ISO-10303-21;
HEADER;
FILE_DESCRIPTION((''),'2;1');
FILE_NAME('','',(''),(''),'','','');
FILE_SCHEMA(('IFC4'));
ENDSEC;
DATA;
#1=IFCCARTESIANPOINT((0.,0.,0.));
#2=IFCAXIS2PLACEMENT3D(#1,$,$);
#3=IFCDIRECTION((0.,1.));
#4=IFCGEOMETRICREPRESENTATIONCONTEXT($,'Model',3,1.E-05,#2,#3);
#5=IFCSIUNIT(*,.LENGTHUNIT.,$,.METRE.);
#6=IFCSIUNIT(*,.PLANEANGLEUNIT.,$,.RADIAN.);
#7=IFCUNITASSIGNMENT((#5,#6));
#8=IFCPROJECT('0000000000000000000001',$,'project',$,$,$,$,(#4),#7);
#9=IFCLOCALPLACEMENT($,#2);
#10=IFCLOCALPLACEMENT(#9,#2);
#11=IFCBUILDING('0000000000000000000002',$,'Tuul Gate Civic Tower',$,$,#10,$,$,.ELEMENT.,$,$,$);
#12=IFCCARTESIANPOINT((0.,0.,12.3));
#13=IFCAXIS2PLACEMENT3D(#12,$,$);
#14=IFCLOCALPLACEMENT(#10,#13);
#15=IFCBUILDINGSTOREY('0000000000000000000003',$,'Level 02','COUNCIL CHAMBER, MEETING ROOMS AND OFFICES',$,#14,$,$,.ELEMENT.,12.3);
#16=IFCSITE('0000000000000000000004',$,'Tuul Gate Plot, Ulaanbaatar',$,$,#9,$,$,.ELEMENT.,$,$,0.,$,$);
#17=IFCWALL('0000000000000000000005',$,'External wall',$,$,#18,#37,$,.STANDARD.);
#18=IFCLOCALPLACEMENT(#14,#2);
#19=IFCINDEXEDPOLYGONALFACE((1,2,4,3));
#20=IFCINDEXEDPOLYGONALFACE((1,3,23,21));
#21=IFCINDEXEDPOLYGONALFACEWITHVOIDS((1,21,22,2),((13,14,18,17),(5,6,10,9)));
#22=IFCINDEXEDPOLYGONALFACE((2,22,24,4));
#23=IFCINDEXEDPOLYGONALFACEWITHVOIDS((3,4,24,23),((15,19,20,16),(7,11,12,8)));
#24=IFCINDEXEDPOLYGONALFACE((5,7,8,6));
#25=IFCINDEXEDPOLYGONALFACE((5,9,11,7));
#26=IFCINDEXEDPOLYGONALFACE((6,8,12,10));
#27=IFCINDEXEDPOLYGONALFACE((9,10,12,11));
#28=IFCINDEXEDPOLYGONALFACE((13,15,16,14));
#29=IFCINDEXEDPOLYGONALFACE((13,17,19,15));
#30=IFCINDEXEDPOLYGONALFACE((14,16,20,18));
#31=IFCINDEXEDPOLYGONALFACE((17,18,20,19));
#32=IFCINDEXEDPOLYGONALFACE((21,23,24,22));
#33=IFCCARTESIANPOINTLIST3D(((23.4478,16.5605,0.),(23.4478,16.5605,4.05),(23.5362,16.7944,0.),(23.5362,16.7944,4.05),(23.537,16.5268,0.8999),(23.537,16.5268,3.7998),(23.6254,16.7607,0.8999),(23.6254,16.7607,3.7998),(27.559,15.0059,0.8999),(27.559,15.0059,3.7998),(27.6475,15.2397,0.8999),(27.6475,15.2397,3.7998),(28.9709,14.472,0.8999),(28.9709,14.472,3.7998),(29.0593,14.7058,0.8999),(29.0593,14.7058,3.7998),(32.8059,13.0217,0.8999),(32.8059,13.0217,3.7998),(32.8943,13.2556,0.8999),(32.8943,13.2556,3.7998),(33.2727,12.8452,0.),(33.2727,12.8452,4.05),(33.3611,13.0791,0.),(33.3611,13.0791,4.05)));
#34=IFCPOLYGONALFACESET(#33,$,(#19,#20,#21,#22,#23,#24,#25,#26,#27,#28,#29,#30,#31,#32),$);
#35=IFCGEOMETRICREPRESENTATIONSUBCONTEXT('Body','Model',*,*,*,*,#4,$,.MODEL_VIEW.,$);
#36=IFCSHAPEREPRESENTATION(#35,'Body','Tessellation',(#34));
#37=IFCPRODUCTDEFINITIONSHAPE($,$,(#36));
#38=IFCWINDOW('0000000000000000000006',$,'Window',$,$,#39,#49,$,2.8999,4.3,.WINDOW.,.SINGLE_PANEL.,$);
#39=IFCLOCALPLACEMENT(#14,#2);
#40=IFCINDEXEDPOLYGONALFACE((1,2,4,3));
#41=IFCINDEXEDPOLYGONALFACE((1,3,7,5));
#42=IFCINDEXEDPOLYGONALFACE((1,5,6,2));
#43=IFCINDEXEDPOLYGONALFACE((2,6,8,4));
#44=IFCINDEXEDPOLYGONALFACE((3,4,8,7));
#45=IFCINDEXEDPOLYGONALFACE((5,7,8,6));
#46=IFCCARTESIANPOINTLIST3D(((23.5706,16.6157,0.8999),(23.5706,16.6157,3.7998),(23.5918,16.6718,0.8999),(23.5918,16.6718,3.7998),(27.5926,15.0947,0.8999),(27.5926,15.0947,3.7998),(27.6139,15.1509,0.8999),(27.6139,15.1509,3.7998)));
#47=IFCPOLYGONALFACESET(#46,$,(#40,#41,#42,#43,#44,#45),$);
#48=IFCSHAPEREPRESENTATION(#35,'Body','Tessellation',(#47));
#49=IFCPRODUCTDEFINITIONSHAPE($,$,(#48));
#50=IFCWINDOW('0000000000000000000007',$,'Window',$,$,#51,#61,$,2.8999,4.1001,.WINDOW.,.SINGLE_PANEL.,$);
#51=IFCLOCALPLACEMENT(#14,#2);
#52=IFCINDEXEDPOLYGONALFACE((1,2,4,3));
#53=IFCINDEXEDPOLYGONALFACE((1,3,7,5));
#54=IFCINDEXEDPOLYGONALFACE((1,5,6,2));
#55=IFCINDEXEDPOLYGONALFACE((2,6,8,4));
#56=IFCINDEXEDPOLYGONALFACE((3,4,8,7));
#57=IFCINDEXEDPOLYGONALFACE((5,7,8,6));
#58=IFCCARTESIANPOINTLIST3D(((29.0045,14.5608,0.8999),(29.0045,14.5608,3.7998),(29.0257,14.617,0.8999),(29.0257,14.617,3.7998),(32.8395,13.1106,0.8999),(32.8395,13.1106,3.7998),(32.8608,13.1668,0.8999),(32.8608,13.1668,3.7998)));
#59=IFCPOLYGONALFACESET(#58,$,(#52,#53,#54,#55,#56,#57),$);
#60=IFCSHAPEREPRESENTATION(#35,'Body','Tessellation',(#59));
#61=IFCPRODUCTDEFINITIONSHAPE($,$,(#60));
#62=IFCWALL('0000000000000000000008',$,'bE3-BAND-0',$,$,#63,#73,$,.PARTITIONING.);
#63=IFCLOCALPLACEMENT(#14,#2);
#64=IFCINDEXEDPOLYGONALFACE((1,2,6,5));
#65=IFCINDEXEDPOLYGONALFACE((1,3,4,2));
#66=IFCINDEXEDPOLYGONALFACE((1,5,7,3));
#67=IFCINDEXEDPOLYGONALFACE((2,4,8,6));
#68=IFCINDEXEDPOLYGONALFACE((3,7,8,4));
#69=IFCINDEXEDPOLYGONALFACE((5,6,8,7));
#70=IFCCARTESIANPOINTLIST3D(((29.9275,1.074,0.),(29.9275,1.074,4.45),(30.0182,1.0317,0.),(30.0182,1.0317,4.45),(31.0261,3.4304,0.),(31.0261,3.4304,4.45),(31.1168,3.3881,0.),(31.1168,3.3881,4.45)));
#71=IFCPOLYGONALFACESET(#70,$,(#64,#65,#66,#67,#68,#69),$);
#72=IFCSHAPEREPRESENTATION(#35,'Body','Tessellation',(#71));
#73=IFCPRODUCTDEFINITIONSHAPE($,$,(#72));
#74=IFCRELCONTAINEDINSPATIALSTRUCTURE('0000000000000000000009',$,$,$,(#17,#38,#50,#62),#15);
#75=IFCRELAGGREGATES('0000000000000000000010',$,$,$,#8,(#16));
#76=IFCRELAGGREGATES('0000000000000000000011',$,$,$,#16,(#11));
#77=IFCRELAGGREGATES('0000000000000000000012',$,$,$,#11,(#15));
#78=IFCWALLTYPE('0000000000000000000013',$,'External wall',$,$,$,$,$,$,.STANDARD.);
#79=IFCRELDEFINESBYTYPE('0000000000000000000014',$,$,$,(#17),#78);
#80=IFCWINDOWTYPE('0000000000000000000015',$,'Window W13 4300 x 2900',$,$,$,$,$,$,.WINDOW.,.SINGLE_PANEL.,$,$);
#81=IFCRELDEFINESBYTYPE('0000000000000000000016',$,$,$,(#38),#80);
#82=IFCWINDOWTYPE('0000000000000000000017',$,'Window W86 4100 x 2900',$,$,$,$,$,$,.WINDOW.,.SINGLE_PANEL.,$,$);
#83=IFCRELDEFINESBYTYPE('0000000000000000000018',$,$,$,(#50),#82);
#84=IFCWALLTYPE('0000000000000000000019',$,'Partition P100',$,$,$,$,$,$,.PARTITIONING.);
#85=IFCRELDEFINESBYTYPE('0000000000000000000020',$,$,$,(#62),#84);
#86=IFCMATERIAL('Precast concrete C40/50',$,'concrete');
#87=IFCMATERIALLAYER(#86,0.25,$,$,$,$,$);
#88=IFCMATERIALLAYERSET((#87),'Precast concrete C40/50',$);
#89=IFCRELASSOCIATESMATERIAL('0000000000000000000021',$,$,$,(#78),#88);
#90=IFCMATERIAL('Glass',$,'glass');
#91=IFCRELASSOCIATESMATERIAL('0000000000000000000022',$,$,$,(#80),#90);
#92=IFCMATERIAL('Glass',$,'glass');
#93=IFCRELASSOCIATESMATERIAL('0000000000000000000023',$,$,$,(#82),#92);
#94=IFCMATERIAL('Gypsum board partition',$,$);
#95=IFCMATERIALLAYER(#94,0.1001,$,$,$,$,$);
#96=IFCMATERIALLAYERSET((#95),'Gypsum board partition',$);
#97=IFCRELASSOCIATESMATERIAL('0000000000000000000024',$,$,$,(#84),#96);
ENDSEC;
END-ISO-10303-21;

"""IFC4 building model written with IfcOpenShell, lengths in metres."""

from ifc_helpers import new_model, si_unit, direction, frame, frame_2d, origin, place, context, subcontext, project, spatial, rectangle, extrude, material, layer, layer_set, type_object, element, fill, save


model = new_model("IFC4")

# Units and contexts
model_context = context("Model", 3, precision=1e-05, world=origin(), true_north=direction((0.0, 1.0)))
body_context = subcontext(model_context, "Body", "Model", "MODEL_VIEW")
ifc_project = project(units=[si_unit("LENGTHUNIT", "METRE"), si_unit("PLANEANGLEUNIT", "RADIAN")], contexts=[model_context])

# Site, building, storey
site_placement = place(None, origin())
site = spatial("IfcSite", under=ifc_project, at=site_placement, Name="Tuul Gate Plot, Ulaanbaatar", CompositionType="ELEMENT", RefElevation=0.0)
building_placement = place(site_placement, origin())
building = spatial("IfcBuilding", under=site, at=building_placement, Name="Tuul Gate Civic Tower", CompositionType="ELEMENT")
storey_placement = place(building_placement, frame((0.0, 0.0, 12.3)))
storey = spatial("IfcBuildingStorey", under=building, at=storey_placement, Name="Level 02", Description="COUNCIL CHAMBER, MEETING ROOMS AND OFFICES", CompositionType="ELEMENT", Elevation=12.3)

# Wall, openings, windows
ifc_material_1 = material(Name="Precast concrete C40/50", Category="concrete")
ifc_layer_1 = layer(ifc_material_1, 0.25)
ifc_layer_set_1 = layer_set([ifc_layer_1], Name="Precast concrete C40/50")
wall_type_1 = type_object("IfcWallType", Name="External wall", PredefinedType="STANDARD", material=ifc_layer_set_1)
wall_1_placement = place(storey_placement, frame((33.3169, 12.9622, 0.0), z_axis=(0.0, 0.0, 1.0), x_axis=(-0.935356, 0.353707, 0.0)))
wall_1 = element("IfcWall", 1, at=wall_1_placement, inside=storey, type_object=wall_type_1, Name="External wall", PredefinedType="STANDARD", context=body_context, shape_type="SweptSolid", body=[
    extrude(rectangle(XDim=10.5039, YDim=0.25, at=frame_2d((5.252, 0.0))), origin(), (0.0, 0.0, 1.0), 4.05),
])
opening_1_placement = place(wall_1_placement, frame((0.499, 0.0, 0.8999)))
opening_1 = element("IfcOpeningElement", 2, at=opening_1_placement, cuts=wall_1, PredefinedType="OPENING", context=body_context, shape_type="SweptSolid", body=[
    extrude(rectangle(XDim=4.1001, YDim=2.8999, at=frame_2d((2.05, 1.45))), frame((0.0, 0.135, 0.0), z_axis=(0.0, -1.0, 0.0), x_axis=(1.0, 0.0, 0.0)), (0.0, 0.0, 1.0), 0.27),
])
opening_2_placement = place(wall_1_placement, frame((6.1086, 0.0, 0.8999)))
opening_2 = element("IfcOpeningElement", 3, at=opening_2_placement, cuts=wall_1, PredefinedType="OPENING", context=body_context, shape_type="SweptSolid", body=[
    extrude(rectangle(XDim=4.3, YDim=2.8999, at=frame_2d((2.1499, 1.45))), frame((0.0, 0.135, 0.0), z_axis=(0.0, -1.0, 0.0), x_axis=(1.0, 0.0, 0.0)), (0.0, 0.0, 1.0), 0.27),
])
ifc_material_2 = material(Name="Glass", Category="glass")
window_type_1 = type_object("IfcWindowType", Name="Window W13 4300 x 2900", PartitioningType="SINGLE_PANEL", PredefinedType="WINDOW", material=ifc_material_2)
window_1_placement = place(opening_2_placement, origin())
window_1 = element("IfcWindow", 4, at=window_1_placement, inside=storey, type_object=window_type_1, Name="Window", OverallHeight=2.8999, OverallWidth=4.3, PartitioningType="SINGLE_PANEL", PredefinedType="WINDOW", context=body_context, shape_type="SweptSolid", body=[
    extrude(rectangle(XDim=4.3, YDim=2.8999, at=frame_2d((2.1499, 1.45))), frame((0.0, 0.03, 0.0), z_axis=(0.0, -1.0, 0.0), x_axis=(1.0, 0.0, 0.0)), (0.0, 0.0, 1.0), 0.0601),
])
fill(opening_2, window_1)
ifc_material_3 = material(Name="Glass", Category="glass")
window_type_2 = type_object("IfcWindowType", Name="Window W86 4100 x 2900", PartitioningType="SINGLE_PANEL", PredefinedType="WINDOW", material=ifc_material_3)
window_2_placement = place(opening_1_placement, origin())
window_2 = element("IfcWindow", 5, at=window_2_placement, inside=storey, type_object=window_type_2, Name="Window", OverallHeight=2.8999, OverallWidth=4.1001, PartitioningType="SINGLE_PANEL", PredefinedType="WINDOW", context=body_context, shape_type="SweptSolid", body=[
    extrude(rectangle(XDim=4.1001, YDim=2.8999, at=frame_2d((2.05, 1.45))), frame((0.0, 0.03, 0.0), z_axis=(0.0, -1.0, 0.0), x_axis=(1.0, 0.0, 0.0)), (0.0, 0.0, 1.0), 0.0601),
])
fill(opening_1, window_2)

# Wall
ifc_material_4 = material(Name="Gypsum board partition")
ifc_layer_2 = layer(ifc_material_4, 0.1001)
ifc_layer_set_2 = layer_set([ifc_layer_2], Name="Gypsum board partition")
wall_type_2 = type_object("IfcWallType", Name="Partition P100", PredefinedType="PARTITIONING", material=ifc_layer_set_2)
wall_2_placement = place(storey_placement, frame((29.9729, 1.053, 0.0), z_axis=(0.0, 0.0, 1.0), x_axis=(0.422556, 0.906337, 0.0)))
element("IfcWall", 6, at=wall_2_placement, inside=storey, type_object=wall_type_2, Name="bE3-BAND-0", PredefinedType="PARTITIONING", context=body_context, shape_type="SweptSolid", body=[
    extrude(rectangle(XDim=2.5999, YDim=0.1001, at=frame_2d((1.2998, 0.0))), origin(), (0.0, 0.0, 1.0), 4.45),
])

save(model, "model.ifc")
